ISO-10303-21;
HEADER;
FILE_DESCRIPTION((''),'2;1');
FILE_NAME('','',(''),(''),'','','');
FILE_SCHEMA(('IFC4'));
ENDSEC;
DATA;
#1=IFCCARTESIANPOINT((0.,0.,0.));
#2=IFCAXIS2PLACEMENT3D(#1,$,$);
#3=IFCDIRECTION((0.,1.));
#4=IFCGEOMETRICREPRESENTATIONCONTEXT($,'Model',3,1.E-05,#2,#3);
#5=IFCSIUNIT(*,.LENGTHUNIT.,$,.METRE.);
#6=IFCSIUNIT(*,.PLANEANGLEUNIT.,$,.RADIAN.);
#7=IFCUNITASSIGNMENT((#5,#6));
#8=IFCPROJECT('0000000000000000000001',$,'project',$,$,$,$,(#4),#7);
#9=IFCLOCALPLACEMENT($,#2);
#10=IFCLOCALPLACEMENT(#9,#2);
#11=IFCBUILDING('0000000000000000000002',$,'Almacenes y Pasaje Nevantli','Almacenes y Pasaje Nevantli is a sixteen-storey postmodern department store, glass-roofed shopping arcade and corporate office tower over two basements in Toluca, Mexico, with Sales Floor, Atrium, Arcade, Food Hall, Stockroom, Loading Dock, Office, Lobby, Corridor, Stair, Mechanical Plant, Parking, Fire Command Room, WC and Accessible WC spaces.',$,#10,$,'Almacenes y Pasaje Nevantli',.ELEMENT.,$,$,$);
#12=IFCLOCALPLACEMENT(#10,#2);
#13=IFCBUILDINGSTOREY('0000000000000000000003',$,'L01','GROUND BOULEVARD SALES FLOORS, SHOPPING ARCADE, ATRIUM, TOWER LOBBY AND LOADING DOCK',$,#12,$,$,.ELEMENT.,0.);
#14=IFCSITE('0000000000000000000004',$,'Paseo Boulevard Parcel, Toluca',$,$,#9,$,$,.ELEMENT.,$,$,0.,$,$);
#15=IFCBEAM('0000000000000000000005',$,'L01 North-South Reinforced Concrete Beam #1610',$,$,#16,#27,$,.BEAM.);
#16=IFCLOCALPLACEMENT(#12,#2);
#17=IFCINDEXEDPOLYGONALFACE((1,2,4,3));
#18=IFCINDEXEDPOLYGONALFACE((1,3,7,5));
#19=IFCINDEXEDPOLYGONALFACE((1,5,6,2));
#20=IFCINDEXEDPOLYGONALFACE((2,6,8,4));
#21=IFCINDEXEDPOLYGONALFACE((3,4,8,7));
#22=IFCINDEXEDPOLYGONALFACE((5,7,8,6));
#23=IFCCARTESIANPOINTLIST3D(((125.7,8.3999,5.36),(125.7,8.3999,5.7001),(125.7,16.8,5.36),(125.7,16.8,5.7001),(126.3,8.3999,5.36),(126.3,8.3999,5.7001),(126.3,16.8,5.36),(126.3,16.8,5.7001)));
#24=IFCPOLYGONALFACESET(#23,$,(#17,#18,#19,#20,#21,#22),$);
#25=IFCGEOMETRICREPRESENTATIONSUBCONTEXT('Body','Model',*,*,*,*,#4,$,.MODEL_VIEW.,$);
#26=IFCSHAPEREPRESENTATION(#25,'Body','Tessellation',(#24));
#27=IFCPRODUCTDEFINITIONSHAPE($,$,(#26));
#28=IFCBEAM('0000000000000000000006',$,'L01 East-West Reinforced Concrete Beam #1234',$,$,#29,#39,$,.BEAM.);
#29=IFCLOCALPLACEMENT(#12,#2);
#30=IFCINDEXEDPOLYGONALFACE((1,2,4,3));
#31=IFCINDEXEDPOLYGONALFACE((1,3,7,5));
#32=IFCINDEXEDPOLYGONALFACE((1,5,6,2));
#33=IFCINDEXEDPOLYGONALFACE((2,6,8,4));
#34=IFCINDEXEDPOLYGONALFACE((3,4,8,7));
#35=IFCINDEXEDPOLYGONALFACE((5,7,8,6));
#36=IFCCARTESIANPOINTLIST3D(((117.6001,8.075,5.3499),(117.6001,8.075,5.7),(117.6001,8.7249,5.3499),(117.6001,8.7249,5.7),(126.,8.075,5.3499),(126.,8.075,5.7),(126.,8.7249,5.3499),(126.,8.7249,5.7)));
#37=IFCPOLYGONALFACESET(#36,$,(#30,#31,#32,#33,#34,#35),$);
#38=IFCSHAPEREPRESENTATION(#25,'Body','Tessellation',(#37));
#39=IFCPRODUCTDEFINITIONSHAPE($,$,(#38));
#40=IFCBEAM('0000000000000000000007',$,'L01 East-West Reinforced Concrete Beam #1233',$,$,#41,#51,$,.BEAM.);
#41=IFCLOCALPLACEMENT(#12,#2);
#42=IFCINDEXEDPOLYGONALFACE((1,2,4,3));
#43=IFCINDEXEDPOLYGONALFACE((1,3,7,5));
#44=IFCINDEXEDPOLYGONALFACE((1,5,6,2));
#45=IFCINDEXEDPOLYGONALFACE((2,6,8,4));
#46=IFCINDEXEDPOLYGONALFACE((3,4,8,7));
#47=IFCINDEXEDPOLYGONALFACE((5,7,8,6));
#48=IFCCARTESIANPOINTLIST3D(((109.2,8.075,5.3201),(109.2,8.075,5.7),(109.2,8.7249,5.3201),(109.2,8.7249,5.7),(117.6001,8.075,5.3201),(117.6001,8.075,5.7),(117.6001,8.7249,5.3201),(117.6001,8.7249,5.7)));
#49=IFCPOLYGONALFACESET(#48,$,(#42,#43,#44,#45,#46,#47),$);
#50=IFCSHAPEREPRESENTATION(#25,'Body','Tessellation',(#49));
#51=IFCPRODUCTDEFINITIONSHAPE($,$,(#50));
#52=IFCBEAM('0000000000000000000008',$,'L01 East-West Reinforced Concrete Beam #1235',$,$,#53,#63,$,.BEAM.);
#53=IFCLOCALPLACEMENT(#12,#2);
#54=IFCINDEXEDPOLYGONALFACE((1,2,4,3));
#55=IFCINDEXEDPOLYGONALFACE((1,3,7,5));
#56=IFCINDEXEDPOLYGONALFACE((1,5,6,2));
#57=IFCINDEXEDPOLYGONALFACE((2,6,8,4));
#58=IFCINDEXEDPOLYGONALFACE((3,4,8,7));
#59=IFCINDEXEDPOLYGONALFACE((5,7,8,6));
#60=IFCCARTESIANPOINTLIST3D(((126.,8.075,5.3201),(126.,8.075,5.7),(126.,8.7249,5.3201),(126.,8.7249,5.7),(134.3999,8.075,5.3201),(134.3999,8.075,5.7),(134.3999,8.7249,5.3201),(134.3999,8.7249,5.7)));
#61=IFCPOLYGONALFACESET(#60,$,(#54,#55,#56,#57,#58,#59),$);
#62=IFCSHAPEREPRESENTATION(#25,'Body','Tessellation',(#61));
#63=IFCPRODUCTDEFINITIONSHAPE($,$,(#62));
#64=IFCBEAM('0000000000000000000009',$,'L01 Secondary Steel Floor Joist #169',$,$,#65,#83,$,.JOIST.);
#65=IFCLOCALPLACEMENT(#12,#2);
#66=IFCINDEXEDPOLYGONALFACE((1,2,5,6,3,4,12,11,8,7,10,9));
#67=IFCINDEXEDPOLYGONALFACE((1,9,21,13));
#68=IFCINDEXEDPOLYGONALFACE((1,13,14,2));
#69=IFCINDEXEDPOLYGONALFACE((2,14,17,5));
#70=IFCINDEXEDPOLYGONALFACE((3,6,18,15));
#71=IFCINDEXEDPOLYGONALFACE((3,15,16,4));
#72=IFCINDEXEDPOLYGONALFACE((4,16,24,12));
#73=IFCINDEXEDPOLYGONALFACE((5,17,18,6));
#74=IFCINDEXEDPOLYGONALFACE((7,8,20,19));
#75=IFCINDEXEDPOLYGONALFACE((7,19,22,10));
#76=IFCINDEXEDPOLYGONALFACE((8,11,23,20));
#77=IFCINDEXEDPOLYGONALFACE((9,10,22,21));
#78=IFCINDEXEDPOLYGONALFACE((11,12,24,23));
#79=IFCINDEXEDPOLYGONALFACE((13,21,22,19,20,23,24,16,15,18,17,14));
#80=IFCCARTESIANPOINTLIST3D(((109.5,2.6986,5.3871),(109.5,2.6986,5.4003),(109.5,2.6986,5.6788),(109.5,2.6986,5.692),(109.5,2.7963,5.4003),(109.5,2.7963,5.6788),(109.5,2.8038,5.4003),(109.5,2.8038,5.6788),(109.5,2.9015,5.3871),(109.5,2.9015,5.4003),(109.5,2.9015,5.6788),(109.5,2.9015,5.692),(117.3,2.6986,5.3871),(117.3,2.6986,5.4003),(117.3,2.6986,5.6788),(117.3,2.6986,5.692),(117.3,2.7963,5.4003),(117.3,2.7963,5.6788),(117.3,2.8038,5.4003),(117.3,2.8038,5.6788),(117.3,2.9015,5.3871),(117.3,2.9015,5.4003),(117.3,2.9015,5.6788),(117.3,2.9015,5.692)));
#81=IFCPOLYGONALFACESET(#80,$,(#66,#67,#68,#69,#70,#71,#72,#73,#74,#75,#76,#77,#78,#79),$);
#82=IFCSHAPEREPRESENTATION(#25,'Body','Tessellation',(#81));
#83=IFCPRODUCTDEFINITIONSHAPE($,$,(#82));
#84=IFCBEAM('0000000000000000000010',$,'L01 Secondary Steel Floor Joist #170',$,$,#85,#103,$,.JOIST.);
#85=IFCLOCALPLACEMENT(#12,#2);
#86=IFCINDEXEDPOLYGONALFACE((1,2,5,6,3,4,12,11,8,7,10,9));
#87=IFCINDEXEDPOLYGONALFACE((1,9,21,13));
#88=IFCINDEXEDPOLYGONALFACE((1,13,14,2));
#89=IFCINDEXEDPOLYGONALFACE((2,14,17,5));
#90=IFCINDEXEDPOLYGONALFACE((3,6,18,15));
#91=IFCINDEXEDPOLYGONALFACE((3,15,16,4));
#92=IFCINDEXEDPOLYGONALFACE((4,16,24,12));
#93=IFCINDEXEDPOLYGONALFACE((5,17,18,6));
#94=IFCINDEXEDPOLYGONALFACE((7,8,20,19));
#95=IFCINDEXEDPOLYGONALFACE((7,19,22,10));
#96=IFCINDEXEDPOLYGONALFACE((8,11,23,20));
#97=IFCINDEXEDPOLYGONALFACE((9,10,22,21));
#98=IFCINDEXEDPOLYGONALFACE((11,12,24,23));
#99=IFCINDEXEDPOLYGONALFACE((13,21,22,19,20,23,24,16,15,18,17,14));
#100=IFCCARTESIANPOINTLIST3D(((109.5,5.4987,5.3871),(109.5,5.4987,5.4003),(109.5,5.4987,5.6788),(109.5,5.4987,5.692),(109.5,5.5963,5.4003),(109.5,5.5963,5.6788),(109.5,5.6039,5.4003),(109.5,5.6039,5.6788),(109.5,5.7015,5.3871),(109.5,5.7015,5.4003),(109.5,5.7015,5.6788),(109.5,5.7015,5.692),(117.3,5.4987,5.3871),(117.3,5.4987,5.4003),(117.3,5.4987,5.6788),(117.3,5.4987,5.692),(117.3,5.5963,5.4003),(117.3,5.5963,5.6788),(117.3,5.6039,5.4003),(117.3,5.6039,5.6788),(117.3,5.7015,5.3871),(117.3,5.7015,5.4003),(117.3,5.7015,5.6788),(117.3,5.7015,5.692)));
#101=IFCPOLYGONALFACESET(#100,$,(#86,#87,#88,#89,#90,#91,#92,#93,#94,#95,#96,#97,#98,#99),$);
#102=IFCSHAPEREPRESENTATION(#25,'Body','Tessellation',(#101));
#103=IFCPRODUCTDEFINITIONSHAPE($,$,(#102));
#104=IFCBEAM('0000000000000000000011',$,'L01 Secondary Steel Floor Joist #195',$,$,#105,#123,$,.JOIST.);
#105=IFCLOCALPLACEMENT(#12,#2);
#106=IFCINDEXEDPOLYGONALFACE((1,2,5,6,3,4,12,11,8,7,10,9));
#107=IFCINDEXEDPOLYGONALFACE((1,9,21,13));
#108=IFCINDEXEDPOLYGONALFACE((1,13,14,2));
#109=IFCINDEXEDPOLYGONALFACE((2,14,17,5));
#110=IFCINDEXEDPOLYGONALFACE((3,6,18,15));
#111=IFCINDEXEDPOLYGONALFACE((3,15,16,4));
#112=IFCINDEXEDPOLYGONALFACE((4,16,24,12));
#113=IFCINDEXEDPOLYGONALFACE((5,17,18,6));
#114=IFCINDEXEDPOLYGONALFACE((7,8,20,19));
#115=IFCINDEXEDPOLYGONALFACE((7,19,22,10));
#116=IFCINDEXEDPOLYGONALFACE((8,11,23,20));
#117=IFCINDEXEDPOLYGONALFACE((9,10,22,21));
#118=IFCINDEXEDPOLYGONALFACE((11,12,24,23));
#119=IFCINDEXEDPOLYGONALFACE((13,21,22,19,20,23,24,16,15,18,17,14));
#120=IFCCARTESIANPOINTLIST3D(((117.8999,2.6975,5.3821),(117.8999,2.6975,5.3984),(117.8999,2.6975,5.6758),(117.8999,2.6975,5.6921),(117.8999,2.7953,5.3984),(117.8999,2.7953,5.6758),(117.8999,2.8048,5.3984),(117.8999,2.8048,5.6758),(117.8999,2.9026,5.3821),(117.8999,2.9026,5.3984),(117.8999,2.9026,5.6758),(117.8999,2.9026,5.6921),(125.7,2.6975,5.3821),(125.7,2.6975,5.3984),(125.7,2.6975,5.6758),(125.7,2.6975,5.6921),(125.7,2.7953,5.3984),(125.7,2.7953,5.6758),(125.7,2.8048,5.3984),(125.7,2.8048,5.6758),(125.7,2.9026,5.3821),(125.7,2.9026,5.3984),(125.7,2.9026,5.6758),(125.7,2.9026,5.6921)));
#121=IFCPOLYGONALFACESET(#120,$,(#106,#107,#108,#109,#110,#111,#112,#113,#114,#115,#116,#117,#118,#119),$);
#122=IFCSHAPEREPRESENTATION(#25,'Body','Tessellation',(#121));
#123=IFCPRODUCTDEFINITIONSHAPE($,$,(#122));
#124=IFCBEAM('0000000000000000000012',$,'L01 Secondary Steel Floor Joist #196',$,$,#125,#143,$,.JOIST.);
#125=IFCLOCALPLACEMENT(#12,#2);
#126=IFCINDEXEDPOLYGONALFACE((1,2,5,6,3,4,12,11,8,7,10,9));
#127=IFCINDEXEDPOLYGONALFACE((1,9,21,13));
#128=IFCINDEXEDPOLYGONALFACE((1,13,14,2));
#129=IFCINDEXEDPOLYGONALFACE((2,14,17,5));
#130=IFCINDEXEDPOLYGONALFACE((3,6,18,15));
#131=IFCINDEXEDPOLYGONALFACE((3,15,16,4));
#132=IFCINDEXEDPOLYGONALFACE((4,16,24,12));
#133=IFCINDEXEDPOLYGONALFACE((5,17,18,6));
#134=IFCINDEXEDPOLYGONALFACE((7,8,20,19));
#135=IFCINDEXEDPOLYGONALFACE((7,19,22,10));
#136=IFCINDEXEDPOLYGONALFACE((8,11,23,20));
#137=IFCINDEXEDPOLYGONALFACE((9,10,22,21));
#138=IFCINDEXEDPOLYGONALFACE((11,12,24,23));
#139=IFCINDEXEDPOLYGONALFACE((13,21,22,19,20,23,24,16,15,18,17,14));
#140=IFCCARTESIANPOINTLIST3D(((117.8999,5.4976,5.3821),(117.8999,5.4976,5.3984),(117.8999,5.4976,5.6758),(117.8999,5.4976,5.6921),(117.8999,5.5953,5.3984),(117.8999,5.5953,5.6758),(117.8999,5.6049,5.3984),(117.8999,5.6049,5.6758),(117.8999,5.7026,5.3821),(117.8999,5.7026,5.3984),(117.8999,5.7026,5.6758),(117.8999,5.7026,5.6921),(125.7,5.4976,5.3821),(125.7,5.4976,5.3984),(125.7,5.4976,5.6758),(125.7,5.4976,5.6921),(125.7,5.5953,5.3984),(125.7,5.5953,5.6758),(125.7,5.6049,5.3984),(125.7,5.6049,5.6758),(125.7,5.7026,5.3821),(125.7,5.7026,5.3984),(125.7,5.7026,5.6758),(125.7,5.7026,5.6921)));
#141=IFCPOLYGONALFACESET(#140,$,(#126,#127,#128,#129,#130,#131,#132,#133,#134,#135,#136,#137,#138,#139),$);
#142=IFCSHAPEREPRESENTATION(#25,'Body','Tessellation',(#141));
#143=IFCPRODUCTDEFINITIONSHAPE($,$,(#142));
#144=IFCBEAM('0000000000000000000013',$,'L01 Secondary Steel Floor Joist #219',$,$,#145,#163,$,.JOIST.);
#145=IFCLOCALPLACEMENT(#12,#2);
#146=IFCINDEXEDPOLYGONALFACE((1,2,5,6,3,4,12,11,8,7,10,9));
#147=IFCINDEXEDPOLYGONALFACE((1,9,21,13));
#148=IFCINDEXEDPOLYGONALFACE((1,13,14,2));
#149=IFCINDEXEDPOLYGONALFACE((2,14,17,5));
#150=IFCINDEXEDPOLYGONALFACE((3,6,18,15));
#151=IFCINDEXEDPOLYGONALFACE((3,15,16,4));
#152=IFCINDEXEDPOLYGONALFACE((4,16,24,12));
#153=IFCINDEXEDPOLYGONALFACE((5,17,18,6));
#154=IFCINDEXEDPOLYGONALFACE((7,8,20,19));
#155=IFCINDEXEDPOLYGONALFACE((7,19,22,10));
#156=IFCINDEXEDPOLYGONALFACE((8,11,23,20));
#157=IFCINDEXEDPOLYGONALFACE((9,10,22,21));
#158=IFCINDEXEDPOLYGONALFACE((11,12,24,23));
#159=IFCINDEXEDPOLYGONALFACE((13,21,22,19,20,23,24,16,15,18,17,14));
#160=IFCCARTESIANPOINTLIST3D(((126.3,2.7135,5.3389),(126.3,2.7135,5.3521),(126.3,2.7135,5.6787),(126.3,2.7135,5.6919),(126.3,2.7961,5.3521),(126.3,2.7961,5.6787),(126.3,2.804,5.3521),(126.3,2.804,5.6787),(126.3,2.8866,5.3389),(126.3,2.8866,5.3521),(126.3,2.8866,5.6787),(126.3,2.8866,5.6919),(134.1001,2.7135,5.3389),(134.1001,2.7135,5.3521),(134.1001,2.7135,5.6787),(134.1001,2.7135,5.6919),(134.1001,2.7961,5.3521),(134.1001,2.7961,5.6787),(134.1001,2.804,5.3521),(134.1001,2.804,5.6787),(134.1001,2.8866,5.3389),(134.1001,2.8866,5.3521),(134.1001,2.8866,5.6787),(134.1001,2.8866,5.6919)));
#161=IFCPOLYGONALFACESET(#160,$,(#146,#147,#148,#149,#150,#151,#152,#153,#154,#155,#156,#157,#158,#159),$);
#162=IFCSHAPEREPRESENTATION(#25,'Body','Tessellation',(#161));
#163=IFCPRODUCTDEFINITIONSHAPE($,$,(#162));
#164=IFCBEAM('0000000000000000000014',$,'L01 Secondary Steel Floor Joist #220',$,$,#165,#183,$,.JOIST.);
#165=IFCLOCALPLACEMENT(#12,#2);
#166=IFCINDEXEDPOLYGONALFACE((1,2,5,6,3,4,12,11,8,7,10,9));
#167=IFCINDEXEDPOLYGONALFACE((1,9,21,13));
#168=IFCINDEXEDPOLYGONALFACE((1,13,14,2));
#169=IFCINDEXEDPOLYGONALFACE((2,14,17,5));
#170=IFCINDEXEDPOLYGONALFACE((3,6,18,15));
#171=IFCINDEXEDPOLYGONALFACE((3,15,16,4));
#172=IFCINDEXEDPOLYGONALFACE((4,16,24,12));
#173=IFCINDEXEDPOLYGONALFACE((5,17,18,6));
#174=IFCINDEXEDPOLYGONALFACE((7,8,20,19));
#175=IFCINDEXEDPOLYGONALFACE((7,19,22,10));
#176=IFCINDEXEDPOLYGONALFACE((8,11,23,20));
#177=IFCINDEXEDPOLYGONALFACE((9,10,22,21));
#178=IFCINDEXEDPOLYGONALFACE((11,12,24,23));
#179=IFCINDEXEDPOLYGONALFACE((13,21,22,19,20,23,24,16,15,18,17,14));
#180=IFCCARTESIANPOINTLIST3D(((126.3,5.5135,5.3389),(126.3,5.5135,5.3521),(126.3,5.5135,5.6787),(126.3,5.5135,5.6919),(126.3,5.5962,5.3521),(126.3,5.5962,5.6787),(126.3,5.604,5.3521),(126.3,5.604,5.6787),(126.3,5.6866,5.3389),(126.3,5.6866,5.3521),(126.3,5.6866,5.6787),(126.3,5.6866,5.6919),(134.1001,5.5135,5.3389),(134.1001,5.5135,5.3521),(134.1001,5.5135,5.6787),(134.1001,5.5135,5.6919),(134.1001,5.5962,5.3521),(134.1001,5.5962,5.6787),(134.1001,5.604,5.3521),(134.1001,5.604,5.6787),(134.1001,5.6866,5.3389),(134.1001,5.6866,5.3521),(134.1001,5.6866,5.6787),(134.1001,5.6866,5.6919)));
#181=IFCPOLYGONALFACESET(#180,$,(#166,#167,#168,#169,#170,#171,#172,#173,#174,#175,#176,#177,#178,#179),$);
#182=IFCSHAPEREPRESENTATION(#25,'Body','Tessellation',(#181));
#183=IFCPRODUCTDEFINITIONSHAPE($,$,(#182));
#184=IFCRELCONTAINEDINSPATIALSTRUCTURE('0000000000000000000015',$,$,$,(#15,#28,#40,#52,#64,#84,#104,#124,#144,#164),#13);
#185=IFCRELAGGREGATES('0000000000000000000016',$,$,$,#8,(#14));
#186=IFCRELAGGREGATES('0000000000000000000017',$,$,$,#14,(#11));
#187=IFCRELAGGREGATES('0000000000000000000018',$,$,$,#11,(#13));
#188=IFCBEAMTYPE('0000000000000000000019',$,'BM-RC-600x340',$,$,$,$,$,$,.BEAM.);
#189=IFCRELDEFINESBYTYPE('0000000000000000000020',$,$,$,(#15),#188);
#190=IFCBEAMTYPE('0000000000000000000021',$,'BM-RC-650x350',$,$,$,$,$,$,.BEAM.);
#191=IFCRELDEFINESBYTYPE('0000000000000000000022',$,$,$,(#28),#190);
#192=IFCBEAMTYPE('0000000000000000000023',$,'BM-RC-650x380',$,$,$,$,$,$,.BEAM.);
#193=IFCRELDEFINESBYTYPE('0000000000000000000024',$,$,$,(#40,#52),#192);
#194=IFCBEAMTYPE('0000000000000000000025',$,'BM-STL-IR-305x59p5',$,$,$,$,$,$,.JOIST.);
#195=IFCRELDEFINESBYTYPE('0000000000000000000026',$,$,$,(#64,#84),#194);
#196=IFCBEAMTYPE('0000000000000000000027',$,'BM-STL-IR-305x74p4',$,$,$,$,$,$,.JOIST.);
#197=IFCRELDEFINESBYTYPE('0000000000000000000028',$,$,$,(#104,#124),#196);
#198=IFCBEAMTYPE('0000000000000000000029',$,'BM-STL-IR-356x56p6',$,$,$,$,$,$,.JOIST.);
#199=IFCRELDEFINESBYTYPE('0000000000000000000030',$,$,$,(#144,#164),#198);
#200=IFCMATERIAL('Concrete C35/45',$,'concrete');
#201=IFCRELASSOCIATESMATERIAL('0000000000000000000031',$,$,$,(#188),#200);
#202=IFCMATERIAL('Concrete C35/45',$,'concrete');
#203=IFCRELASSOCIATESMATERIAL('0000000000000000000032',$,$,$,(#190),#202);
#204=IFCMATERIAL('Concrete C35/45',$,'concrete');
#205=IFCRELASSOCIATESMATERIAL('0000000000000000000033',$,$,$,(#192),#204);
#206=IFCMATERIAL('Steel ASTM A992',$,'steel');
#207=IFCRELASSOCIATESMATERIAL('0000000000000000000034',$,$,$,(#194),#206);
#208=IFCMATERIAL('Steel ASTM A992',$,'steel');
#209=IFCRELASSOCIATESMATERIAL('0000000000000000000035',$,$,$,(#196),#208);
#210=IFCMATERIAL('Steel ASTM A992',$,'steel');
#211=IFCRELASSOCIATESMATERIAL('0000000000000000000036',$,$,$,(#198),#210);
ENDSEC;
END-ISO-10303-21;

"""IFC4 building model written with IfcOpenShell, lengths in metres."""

from ifc_helpers import new_model, si_unit, direction, frame, origin, origin_2d, place, context, subcontext, project, spatial, rectangle, i_section, extrude, material, material_profile, profile_set, type_object, element, save


model = new_model("IFC4")

# Units and contexts
model_context = context("Model", 3, precision=1e-05, world=origin(), true_north=direction((0.0, 1.0)))
body_context = subcontext(model_context, "Body", "Model", "MODEL_VIEW")
ifc_project = project(units=[si_unit("LENGTHUNIT", "METRE"), si_unit("PLANEANGLEUNIT", "RADIAN")], contexts=[model_context])

# Site, building, storey
site_placement = place(None, origin())
site = spatial("IfcSite", under=ifc_project, at=site_placement, Name="Paseo Boulevard Parcel, Toluca", CompositionType="ELEMENT", RefElevation=0.0)
building_placement = place(site_placement, origin())
building = spatial("IfcBuilding", under=site, at=building_placement, Name="Almacenes y Pasaje Nevantli", Description="Almacenes y Pasaje Nevantli is a sixteen-storey postmodern department store, glass-roofed shopping arcade and corporate office tower over two basements in Toluca, Mexico, with Sales Floor, Atrium, Arcade, Food Hall, Stockroom, Loading Dock, Office, Lobby, Corridor, Stair, Mechanical Plant, Parking, Fire Command Room, WC and Accessible WC spaces.", LongName="Almacenes y Pasaje Nevantli", CompositionType="ELEMENT")
storey_placement = place(building_placement, origin())
storey = spatial("IfcBuildingStorey", under=building, at=storey_placement, Name="L01", Description="GROUND BOULEVARD SALES FLOORS, SHOPPING ARCADE, ATRIUM, TOWER LOBBY AND LOADING DOCK", CompositionType="ELEMENT", Elevation=0.0)

# Beams
ifc_material_1 = material(Name="Concrete C35/45", Category="concrete")
ifc_material_profile_1 = material_profile(ifc_material_1, rectangle(XDim=0.6001, YDim=0.3401, at=origin_2d()), Name="RC-BM-600x340")
ifc_profile_set_1 = profile_set([ifc_material_profile_1], Name="Concrete C35/45")
beam_type_1 = type_object("IfcBeamType", Name="BM-RC-600x340", PredefinedType="BEAM", material=ifc_profile_set_1)
beam_1_placement = place(storey_placement, frame((126.0, 8.3999, 5.53), z_axis=(0.0, 1.0, 0.0), x_axis=(-1.0, 0.0, 0.0)))
element("IfcBeam", 1, at=beam_1_placement, inside=storey, type_object=beam_type_1, Name="L01 North-South Reinforced Concrete Beam #1610", PredefinedType="BEAM", context=body_context, shape_type="SweptSolid", body=[
    extrude(rectangle(XDim=0.6001, YDim=0.3401, at=origin_2d()), origin(), (0.0, 0.0, 1.0), 8.4001),
])
ifc_material_2 = material(Name="Concrete C35/45", Category="concrete")
ifc_material_profile_2 = material_profile(ifc_material_2, rectangle(XDim=0.6499, YDim=0.3501, at=origin_2d()), Name="RC-BM-650x350")
ifc_profile_set_2 = profile_set([ifc_material_profile_2], Name="Concrete C35/45")
beam_type_2 = type_object("IfcBeamType", Name="BM-RC-650x350", PredefinedType="BEAM", material=ifc_profile_set_2)
beam_2_placement = place(storey_placement, frame((117.6001, 8.3999, 5.5249), z_axis=(1.0, 0.0, 0.0), x_axis=(0.0, 1.0, 0.0)))
element("IfcBeam", 2, at=beam_2_placement, inside=storey, type_object=beam_type_2, Name="L01 East-West Reinforced Concrete Beam #1234", PredefinedType="BEAM", context=body_context, shape_type="SweptSolid", body=[
    extrude(rectangle(XDim=0.6499, YDim=0.3501, at=origin_2d()), origin(), (0.0, 0.0, 1.0), 8.3999),
])
ifc_material_3 = material(Name="Concrete C35/45", Category="concrete")
ifc_material_profile_3 = material_profile(ifc_material_3, rectangle(XDim=0.6499, YDim=0.3799, at=origin_2d()), Name="RC-BM-650x380")
ifc_profile_set_3 = profile_set([ifc_material_profile_3], Name="Concrete C35/45")
beam_type_3 = type_object("IfcBeamType", Name="BM-RC-650x380", PredefinedType="BEAM", material=ifc_profile_set_3)
beam_3_placement = place(storey_placement, frame((109.2, 8.3999, 5.51), z_axis=(1.0, 0.0, 0.0), x_axis=(0.0, 1.0, 0.0)))
element("IfcBeam", 3, at=beam_3_placement, inside=storey, type_object=beam_type_3, Name="L01 East-West Reinforced Concrete Beam #1233", PredefinedType="BEAM", context=body_context, shape_type="SweptSolid", body=[
    extrude(rectangle(XDim=0.6499, YDim=0.3799, at=origin_2d()), origin(), (0.0, 0.0, 1.0), 8.4001),
])
beam_4_placement = place(storey_placement, frame((126.0, 8.3999, 5.51), z_axis=(1.0, 0.0, 0.0), x_axis=(0.0, 1.0, 0.0)))
element("IfcBeam", 4, at=beam_4_placement, inside=storey, type_object=beam_type_3, Name="L01 East-West Reinforced Concrete Beam #1235", PredefinedType="BEAM", context=body_context, shape_type="SweptSolid", body=[
    extrude(rectangle(XDim=0.6499, YDim=0.3799, at=origin_2d()), origin(), (0.0, 0.0, 1.0), 8.3999),
])
ifc_material_4 = material(Name="Steel ASTM A992", Category="steel")
ifc_material_profile_4 = material_profile(ifc_material_4, i_section(OverallWidth=0.2029, OverallDepth=0.3049, WebThickness=0.0076, FlangeThickness=0.0132, at=origin_2d()), Name="IR 305x59.5")
ifc_profile_set_4 = profile_set([ifc_material_profile_4], Name="Steel ASTM A992")
beam_type_4 = type_object("IfcBeamType", Name="BM-STL-IR-305x59p5", PredefinedType="JOIST", material=ifc_profile_set_4)
for number, where, z_axis, x_axis, name in (
    (5, (109.5, 2.8, 5.5396), (1.0, 0.0, 0.0), (0.0, 1.0, 0.0), "L01 Secondary Steel Floor Joist #169"),
    (6, (109.5, 5.6001, 5.5396), (1.0, 0.0, 0.0), (0.0, 1.0, 0.0), "L01 Secondary Steel Floor Joist #170"),
):
    element("IfcBeam", number, at=place(storey_placement, frame(where, z_axis=z_axis, x_axis=x_axis)), inside=storey, type_object=beam_type_4, Name=name, PredefinedType="JOIST", context=body_context, shape_type="SweptSolid", body=[
        extrude(i_section(OverallWidth=0.2029, OverallDepth=0.3049, WebThickness=0.0076, FlangeThickness=0.0132, at=origin_2d()), origin(), (0.0, 0.0, 1.0), 7.8),
    ])
ifc_material_5 = material(Name="Steel ASTM A992", Category="steel")
ifc_material_profile_5 = material_profile(ifc_material_5, i_section(OverallWidth=0.2051, OverallDepth=0.3101, WebThickness=0.0095, FlangeThickness=0.0164, at=origin_2d()), Name="IR 305x74.4")
ifc_profile_set_5 = profile_set([ifc_material_profile_5], Name="Steel ASTM A992")
beam_type_5 = type_object("IfcBeamType", Name="BM-STL-IR-305x74p4", PredefinedType="JOIST", material=ifc_profile_set_5)
for number, where, z_axis, x_axis, name in (
    (7, (117.8999, 2.8, 5.5371), (1.0, 0.0, 0.0), (0.0, 1.0, 0.0), "L01 Secondary Steel Floor Joist #195"),
    (8, (117.8999, 5.6001, 5.5371), (1.0, 0.0, 0.0), (0.0, 1.0, 0.0), "L01 Secondary Steel Floor Joist #196"),
):
    element("IfcBeam", number, at=place(storey_placement, frame(where, z_axis=z_axis, x_axis=x_axis)), inside=storey, type_object=beam_type_5, Name=name, PredefinedType="JOIST", context=body_context, shape_type="SweptSolid", body=[
        extrude(i_section(OverallWidth=0.2051, OverallDepth=0.3101, WebThickness=0.0095, FlangeThickness=0.0164, at=origin_2d()), origin(), (0.0, 0.0, 1.0), 7.8),
    ])
ifc_material_6 = material(Name="Steel ASTM A992", Category="steel")
ifc_material_profile_6 = material_profile(ifc_material_6, i_section(OverallWidth=0.1731, OverallDepth=0.353, WebThickness=0.0078, FlangeThickness=0.0132, at=origin_2d()), Name="IR 356x56.6")
ifc_profile_set_6 = profile_set([ifc_material_profile_6], Name="Steel ASTM A992")
beam_type_6 = type_object("IfcBeamType", Name="BM-STL-IR-356x56p6", PredefinedType="JOIST", material=ifc_profile_set_6)
for number, where, z_axis, x_axis, name in (
    (9, (126.3, 2.8, 5.5154), (1.0, 0.0, 0.0), (0.0, 1.0, 0.0), "L01 Secondary Steel Floor Joist #219"),
    (10, (126.3, 5.6001, 5.5154), (1.0, 0.0, 0.0), (0.0, 1.0, 0.0), "L01 Secondary Steel Floor Joist #220"),
):
    element("IfcBeam", number, at=place(storey_placement, frame(where, z_axis=z_axis, x_axis=x_axis)), inside=storey, type_object=beam_type_6, Name=name, PredefinedType="JOIST", context=body_context, shape_type="SweptSolid", body=[
        extrude(i_section(OverallWidth=0.1731, OverallDepth=0.353, WebThickness=0.0078, FlangeThickness=0.0132, at=origin_2d()), origin(), (0.0, 0.0, 1.0), 7.8),
    ])

save(model, "model.ifc")
